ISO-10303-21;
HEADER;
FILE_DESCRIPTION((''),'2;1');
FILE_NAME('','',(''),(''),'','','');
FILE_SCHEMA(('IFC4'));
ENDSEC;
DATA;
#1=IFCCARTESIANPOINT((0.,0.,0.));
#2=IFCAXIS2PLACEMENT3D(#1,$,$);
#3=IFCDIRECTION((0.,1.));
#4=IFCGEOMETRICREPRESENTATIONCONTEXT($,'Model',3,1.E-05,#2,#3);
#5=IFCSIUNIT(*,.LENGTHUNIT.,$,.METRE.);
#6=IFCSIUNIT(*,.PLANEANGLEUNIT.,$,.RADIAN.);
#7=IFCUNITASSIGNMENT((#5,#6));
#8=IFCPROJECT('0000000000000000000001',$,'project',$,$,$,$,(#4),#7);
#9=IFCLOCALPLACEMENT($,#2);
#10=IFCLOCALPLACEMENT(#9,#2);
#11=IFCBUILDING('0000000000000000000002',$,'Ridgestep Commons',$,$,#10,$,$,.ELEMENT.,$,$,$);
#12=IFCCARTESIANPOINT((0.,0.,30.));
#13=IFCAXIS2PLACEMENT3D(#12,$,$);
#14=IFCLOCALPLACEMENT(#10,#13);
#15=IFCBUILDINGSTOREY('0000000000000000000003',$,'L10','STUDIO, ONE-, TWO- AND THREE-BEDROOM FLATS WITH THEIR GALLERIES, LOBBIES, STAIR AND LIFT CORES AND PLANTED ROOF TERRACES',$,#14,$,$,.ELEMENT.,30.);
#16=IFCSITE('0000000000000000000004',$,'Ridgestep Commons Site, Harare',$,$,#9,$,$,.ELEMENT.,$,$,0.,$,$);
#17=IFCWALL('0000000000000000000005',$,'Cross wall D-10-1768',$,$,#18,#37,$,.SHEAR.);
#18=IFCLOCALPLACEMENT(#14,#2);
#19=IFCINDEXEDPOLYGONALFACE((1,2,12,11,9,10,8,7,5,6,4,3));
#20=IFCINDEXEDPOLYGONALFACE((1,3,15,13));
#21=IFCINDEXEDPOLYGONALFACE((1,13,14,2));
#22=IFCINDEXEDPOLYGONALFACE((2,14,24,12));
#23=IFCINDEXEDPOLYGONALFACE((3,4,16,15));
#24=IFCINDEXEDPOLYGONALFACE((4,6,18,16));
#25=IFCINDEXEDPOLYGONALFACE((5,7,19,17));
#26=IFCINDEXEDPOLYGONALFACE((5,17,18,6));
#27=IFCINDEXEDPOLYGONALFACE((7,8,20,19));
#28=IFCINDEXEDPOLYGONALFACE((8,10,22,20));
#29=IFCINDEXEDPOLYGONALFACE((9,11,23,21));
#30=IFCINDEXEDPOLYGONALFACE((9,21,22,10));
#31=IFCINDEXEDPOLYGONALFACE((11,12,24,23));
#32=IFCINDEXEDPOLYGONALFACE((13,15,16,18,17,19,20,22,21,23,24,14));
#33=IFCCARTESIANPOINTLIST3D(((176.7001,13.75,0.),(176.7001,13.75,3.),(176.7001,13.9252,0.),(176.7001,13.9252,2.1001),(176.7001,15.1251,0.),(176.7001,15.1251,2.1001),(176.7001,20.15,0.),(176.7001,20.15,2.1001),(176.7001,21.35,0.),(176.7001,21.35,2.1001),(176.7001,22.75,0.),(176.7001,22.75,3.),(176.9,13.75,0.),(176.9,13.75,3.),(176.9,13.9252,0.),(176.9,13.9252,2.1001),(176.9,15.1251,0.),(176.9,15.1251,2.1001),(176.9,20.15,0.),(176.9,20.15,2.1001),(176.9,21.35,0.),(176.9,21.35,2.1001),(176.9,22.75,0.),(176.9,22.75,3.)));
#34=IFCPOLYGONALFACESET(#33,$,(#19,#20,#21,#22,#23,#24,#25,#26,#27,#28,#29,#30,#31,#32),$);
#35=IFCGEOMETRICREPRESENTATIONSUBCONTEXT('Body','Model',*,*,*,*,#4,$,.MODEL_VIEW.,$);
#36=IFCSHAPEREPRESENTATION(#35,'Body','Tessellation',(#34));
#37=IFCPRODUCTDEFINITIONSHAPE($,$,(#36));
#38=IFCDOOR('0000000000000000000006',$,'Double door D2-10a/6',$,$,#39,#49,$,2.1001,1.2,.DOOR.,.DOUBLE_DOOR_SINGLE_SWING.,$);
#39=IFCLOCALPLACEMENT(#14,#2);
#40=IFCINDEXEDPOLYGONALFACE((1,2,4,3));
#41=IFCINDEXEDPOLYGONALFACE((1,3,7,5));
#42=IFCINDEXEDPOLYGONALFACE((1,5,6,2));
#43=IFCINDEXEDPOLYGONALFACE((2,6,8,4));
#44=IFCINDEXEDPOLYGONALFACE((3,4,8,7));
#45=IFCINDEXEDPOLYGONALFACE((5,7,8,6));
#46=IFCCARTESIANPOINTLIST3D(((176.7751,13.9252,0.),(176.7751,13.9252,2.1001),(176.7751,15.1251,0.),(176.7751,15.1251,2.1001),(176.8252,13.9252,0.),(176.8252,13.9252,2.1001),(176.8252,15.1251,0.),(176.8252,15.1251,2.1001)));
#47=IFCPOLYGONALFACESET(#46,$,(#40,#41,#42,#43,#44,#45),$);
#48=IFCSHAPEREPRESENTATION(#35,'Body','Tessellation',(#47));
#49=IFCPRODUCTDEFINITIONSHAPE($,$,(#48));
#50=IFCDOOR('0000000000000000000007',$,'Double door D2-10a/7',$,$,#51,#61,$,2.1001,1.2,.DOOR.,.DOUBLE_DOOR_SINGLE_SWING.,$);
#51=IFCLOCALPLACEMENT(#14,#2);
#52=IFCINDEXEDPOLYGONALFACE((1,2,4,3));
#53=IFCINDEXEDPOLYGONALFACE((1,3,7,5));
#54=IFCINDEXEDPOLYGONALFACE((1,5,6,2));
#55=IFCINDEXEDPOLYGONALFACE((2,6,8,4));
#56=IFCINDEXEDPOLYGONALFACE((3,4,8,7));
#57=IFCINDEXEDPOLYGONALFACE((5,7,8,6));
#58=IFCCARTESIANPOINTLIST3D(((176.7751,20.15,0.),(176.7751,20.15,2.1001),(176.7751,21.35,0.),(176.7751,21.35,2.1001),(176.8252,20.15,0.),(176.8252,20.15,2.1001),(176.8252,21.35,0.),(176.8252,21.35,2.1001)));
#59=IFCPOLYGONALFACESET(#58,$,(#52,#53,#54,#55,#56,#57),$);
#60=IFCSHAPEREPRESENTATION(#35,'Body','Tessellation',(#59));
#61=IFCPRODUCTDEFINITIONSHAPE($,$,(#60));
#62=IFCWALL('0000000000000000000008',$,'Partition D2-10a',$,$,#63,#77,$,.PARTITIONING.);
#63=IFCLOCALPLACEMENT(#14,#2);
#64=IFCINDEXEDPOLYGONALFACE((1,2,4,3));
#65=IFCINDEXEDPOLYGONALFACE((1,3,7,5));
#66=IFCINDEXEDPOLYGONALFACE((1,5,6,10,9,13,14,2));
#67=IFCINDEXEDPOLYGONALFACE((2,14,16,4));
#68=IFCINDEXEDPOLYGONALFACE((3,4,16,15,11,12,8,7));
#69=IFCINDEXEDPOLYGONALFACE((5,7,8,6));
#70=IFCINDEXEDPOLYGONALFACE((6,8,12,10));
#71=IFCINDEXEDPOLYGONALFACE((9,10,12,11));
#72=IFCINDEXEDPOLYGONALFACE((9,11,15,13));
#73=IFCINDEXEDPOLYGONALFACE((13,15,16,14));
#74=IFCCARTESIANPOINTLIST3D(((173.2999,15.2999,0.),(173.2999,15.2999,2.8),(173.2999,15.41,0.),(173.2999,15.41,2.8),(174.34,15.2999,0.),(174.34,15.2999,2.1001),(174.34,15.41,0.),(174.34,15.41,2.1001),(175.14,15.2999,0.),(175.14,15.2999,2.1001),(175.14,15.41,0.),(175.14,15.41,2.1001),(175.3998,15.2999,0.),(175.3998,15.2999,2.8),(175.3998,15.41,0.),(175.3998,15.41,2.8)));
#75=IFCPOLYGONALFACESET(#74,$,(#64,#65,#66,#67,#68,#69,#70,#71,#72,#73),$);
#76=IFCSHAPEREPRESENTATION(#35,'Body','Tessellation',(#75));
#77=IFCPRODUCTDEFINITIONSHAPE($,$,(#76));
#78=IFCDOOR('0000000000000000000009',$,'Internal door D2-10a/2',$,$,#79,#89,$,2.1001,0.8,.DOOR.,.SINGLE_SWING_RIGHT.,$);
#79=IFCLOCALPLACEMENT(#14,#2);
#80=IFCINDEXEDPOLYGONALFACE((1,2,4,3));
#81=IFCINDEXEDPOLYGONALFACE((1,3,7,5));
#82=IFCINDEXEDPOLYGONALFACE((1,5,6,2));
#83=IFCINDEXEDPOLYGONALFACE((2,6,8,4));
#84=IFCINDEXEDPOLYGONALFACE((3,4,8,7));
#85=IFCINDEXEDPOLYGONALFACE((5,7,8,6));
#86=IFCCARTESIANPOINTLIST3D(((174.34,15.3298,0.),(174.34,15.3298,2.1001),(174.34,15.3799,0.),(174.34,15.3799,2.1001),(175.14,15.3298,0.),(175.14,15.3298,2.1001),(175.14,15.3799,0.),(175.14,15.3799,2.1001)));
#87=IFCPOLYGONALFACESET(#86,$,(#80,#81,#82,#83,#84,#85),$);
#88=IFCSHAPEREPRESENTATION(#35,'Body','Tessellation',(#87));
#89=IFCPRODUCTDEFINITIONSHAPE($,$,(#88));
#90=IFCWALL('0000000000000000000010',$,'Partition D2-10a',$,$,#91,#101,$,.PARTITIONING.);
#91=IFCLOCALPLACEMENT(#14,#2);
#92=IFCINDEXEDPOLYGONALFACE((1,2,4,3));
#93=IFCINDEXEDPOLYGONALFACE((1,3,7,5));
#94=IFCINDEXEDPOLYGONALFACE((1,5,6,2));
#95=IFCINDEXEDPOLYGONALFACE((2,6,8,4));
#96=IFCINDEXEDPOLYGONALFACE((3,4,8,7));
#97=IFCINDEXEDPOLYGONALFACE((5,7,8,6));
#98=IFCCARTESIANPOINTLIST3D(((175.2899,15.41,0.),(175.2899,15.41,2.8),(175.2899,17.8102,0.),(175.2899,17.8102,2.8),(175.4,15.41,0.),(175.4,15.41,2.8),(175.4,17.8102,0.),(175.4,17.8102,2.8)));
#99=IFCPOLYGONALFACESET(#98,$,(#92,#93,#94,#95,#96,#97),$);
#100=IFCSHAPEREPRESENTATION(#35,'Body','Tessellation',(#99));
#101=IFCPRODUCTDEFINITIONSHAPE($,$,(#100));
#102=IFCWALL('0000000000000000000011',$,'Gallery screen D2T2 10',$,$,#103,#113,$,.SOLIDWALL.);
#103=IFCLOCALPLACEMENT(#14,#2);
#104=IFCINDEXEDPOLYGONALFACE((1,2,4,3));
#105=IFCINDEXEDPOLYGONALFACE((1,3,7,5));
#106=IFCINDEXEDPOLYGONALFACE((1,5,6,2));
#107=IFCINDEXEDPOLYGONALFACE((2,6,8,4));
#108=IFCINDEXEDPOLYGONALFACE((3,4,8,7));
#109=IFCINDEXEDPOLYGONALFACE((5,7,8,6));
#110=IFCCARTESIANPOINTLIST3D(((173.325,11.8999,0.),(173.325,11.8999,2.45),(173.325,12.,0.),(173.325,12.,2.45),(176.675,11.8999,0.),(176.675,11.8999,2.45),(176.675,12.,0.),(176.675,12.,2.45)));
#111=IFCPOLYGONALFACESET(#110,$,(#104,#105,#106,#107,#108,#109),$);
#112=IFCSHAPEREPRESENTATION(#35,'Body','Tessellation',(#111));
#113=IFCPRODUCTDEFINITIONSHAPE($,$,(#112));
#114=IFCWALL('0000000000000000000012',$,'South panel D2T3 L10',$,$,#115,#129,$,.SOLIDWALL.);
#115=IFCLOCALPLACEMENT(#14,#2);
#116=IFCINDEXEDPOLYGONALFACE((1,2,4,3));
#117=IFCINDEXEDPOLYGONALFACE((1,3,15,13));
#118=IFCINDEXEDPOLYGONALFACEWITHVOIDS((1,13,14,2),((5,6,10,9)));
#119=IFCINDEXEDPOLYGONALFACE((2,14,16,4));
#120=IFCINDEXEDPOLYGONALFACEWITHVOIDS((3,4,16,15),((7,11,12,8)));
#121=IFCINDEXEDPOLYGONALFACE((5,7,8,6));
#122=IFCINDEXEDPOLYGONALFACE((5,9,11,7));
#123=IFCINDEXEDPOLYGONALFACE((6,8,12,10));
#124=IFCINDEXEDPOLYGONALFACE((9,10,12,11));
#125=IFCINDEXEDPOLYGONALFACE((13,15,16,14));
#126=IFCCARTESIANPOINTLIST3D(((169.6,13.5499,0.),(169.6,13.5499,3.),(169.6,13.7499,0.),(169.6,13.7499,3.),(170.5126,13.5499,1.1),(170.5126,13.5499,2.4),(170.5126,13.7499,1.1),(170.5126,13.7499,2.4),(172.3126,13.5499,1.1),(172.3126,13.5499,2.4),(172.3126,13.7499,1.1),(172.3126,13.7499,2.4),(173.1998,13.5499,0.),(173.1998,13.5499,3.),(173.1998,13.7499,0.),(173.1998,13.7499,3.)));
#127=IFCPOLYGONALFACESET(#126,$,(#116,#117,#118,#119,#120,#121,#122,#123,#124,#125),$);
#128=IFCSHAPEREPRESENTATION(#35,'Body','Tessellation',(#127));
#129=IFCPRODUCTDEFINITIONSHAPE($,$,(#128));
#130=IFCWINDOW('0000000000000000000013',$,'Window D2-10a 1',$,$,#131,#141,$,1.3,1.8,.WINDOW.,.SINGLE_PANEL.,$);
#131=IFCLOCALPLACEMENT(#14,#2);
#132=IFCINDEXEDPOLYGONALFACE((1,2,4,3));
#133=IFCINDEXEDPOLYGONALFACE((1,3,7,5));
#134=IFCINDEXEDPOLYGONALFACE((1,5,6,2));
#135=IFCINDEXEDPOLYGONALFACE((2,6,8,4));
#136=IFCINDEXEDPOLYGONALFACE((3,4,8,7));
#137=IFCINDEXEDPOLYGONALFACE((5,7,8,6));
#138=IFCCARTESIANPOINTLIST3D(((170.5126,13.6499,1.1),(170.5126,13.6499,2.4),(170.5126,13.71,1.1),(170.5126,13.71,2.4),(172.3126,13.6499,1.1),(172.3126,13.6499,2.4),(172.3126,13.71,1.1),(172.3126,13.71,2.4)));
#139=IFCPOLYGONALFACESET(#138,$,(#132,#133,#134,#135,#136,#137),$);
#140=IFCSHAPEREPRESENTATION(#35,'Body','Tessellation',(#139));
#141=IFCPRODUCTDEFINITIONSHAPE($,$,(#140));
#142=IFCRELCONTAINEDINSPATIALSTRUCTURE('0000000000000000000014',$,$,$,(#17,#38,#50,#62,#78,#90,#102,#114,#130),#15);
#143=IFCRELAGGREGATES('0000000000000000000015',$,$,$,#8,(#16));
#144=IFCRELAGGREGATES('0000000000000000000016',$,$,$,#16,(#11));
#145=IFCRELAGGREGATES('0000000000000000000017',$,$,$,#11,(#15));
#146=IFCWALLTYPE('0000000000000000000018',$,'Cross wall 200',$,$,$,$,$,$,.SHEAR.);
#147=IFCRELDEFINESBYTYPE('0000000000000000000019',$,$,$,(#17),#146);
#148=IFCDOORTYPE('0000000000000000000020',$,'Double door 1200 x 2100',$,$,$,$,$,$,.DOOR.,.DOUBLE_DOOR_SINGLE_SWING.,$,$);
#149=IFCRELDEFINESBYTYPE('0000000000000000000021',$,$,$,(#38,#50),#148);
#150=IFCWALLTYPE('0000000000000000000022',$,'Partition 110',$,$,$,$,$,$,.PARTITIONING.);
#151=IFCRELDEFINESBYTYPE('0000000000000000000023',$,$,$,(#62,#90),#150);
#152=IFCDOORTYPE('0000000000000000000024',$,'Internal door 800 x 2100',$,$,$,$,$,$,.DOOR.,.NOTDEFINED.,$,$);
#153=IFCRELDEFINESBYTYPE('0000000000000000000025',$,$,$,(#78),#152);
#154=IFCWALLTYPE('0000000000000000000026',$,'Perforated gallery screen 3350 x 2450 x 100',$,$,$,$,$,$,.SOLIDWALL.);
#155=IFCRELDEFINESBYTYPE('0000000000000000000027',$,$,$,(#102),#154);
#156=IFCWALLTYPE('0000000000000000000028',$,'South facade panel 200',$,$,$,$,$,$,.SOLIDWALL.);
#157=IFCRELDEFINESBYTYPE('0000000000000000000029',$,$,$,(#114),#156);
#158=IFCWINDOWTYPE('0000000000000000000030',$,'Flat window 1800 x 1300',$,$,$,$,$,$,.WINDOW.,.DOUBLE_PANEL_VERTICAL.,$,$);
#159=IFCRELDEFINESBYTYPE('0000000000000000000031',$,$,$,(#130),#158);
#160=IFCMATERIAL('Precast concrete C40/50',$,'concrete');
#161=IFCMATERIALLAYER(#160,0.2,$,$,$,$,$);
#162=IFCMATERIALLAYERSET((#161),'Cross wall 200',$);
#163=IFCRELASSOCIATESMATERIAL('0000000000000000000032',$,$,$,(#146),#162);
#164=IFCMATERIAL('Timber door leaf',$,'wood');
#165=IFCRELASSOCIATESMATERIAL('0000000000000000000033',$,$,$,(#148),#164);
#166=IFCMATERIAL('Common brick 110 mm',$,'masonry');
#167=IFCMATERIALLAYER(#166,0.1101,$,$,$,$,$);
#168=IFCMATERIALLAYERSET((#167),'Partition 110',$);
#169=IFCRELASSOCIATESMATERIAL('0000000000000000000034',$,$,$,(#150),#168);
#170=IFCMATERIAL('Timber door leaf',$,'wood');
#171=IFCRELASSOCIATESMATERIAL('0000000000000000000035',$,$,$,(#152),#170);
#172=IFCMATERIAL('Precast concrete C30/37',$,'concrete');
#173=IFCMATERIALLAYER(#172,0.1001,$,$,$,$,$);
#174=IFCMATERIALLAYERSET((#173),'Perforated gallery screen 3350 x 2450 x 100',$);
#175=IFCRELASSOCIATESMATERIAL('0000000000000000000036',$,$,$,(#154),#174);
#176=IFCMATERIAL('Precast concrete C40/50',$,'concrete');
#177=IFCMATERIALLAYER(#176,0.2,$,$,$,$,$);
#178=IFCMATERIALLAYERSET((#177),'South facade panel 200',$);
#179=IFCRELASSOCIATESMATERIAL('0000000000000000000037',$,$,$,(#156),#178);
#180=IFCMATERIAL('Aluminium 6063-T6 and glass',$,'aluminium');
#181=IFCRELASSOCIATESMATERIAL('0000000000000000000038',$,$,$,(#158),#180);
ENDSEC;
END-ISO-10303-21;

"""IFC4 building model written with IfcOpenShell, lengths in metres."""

from ifc_helpers import new_model, si_unit, direction, frame, frame_2d, origin, place, context, subcontext, project, spatial, rectangle, extrude, material, layer, layer_set, type_object, element, fill, save


model = new_model("IFC4")

# Units and contexts
model_context = context("Model", 3, precision=1e-05, world=origin(), true_north=direction((0.0, 1.0)))
body_context = subcontext(model_context, "Body", "Model", "MODEL_VIEW")
ifc_project = project(units=[si_unit("LENGTHUNIT", "METRE"), si_unit("PLANEANGLEUNIT", "RADIAN")], contexts=[model_context])

# Site, building, storey
site_placement = place(None, origin())
site = spatial("IfcSite", under=ifc_project, at=site_placement, Name="Ridgestep Commons Site, Harare", CompositionType="ELEMENT", RefElevation=0.0)
building_placement = place(site_placement, origin())
building = spatial("IfcBuilding", under=site, at=building_placement, Name="Ridgestep Commons", CompositionType="ELEMENT")
storey_placement = place(building_placement, frame((0.0, 0.0, 30.0)))
storey = spatial("IfcBuildingStorey", under=building, at=storey_placement, Name="L10", Description="STUDIO, ONE-, TWO- AND THREE-BEDROOM FLATS WITH THEIR GALLERIES, LOBBIES, STAIR AND LIFT CORES AND PLANTED ROOF TERRACES", CompositionType="ELEMENT", Elevation=30.0)

# Wall, openings, doors
ifc_material_1 = material(Name="Precast concrete C40/50", Category="concrete")
ifc_layer_1 = layer(ifc_material_1, 0.2)
ifc_layer_set_1 = layer_set([ifc_layer_1], Name="Cross wall 200")
wall_type_1 = type_object("IfcWallType", Name="Cross wall 200", PredefinedType="SHEAR", material=ifc_layer_set_1)
ifc_material_2 = material(Name="Timber door leaf", Category="wood")
door_type_1 = type_object("IfcDoorType", Name="Double door 1200 x 2100", OperationType="DOUBLE_DOOR_SINGLE_SWING", PredefinedType="DOOR", material=ifc_material_2)
wall_1_placement = place(storey_placement, frame((176.8, 13.75, 0.0), z_axis=(0.0, 0.0, 1.0), x_axis=(0.0, 1.0, 0.0)))
wall_1 = element("IfcWall", 1, at=wall_1_placement, inside=storey, type_object=wall_type_1, Name="Cross wall D-10-1768", PredefinedType="SHEAR", context=body_context, shape_type="SweptSolid", body=[
    extrude(rectangle(XDim=9.0, YDim=0.2, at=frame_2d((4.5, 0.0))), origin(), (0.0, 0.0, 1.0), 3.0),
])
opening_1_placement = place(wall_1_placement, frame((0.175, 0.0, 0.0)))
opening_1 = element("IfcOpeningElement", 2, at=opening_1_placement, cuts=wall_1, PredefinedType="OPENING", context=body_context, shape_type="SweptSolid", body=[
    extrude(rectangle(XDim=1.2, YDim=2.1001, at=frame_2d((0.6001, 1.05))), frame((0.0, 0.1099, 0.0), z_axis=(0.0, -1.0, 0.0), x_axis=(1.0, 0.0, 0.0)), (0.0, 0.0, 1.0), 0.22),
])
opening_2_placement = place(wall_1_placement, frame((6.3999, 0.0, 0.0)))
opening_2 = element("IfcOpeningElement", 3, at=opening_2_placement, cuts=wall_1, PredefinedType="OPENING", context=body_context, shape_type="SweptSolid", body=[
    extrude(rectangle(XDim=1.2, YDim=2.1001, at=frame_2d((0.6001, 1.05))), frame((0.0, 0.1099, 0.0), z_axis=(0.0, -1.0, 0.0), x_axis=(1.0, 0.0, 0.0)), (0.0, 0.0, 1.0), 0.22),
])
door_1_placement = place(opening_1_placement, origin())
door_1 = element("IfcDoor", 4, at=door_1_placement, inside=storey, type_object=door_type_1, Name="Double door D2-10a/6", OperationType="DOUBLE_DOOR_SINGLE_SWING", OverallHeight=2.1001, OverallWidth=1.2, PredefinedType="DOOR", context=body_context, shape_type="SweptSolid", body=[
    extrude(rectangle(XDim=1.2, YDim=2.1001, at=frame_2d((0.6001, 1.05))), frame((0.0, 0.0249, 0.0), z_axis=(0.0, -1.0, 0.0), x_axis=(1.0, 0.0, 0.0)), (0.0, 0.0, 1.0), 0.05),
])
fill(opening_1, door_1)
door_2_placement = place(opening_2_placement, origin())
door_2 = element("IfcDoor", 5, at=door_2_placement, inside=storey, type_object=door_type_1, Name="Double door D2-10a/7", OperationType="DOUBLE_DOOR_SINGLE_SWING", OverallHeight=2.1001, OverallWidth=1.2, PredefinedType="DOOR", context=body_context, shape_type="SweptSolid", body=[
    extrude(rectangle(XDim=1.2, YDim=2.1001, at=frame_2d((0.6001, 1.05))), frame((0.0, 0.0249, 0.0), z_axis=(0.0, -1.0, 0.0), x_axis=(1.0, 0.0, 0.0)), (0.0, 0.0, 1.0), 0.05),
])
fill(opening_2, door_2)

# Wall, opening, door
ifc_material_3 = material(Name="Common brick 110 mm", Category="masonry")
ifc_layer_2 = layer(ifc_material_3, 0.1101)
ifc_layer_set_2 = layer_set([ifc_layer_2], Name="Partition 110")
wall_type_2 = type_object("IfcWallType", Name="Partition 110", PredefinedType="PARTITIONING", material=ifc_layer_set_2)
wall_2_placement = place(storey_placement, frame((173.3, 15.355, 0.0), z_axis=(0.0, 0.0, 1.0), x_axis=(1.0, 0.0, 0.0)))
wall_2 = element("IfcWall", 6, at=wall_2_placement, inside=storey, type_object=wall_type_2, Name="Partition D2-10a", PredefinedType="PARTITIONING", context=body_context, shape_type="SweptSolid", body=[
    extrude(rectangle(XDim=2.0999, YDim=0.1101, at=frame_2d((1.0498, 0.0))), origin(), (0.0, 0.0, 1.0), 2.8),
])
opening_3_placement = place(wall_2_placement, frame((1.04, 0.0, 0.0)))
opening_3 = element("IfcOpeningElement", 7, at=opening_3_placement, cuts=wall_2, PredefinedType="OPENING", context=body_context, shape_type="SweptSolid", body=[
    extrude(rectangle(XDim=0.8, YDim=2.1001, at=frame_2d((0.3999, 1.05))), frame((0.0, 0.0649, 0.0), z_axis=(0.0, -1.0, 0.0), x_axis=(1.0, 0.0, 0.0)), (0.0, 0.0, 1.0), 0.1301),
])
ifc_material_4 = material(Name="Timber door leaf", Category="wood")
door_type_2 = type_object("IfcDoorType", Name="Internal door 800 x 2100", OperationType="NOTDEFINED", PredefinedType="DOOR", material=ifc_material_4)
door_3_placement = place(opening_3_placement, origin())
door_3 = element("IfcDoor", 8, at=door_3_placement, inside=storey, type_object=door_type_2, Name="Internal door D2-10a/2", OperationType="SINGLE_SWING_RIGHT", OverallHeight=2.1001, OverallWidth=0.8, PredefinedType="DOOR", context=body_context, shape_type="SweptSolid", body=[
    extrude(rectangle(XDim=0.8, YDim=2.1001, at=frame_2d((0.3999, 1.05))), frame((0.0, 0.0249, 0.0), z_axis=(0.0, -1.0, 0.0), x_axis=(1.0, 0.0, 0.0)), (0.0, 0.0, 1.0), 0.05),
])
fill(opening_3, door_3)

# Walls
wall_3_placement = place(storey_placement, frame((175.345, 15.4099, 0.0), z_axis=(0.0, 0.0, 1.0), x_axis=(0.0, 1.0, 0.0)))
element("IfcWall", 9, at=wall_3_placement, inside=storey, type_object=wall_type_2, Name="Partition D2-10a", PredefinedType="PARTITIONING", context=body_context, shape_type="SweptSolid", body=[
    extrude(rectangle(XDim=2.4001, YDim=0.1101, at=frame_2d((1.2002, 0.0))), origin(), (0.0, 0.0, 1.0), 2.8),
])
ifc_material_5 = material(Name="Precast concrete C30/37", Category="concrete")
ifc_layer_3 = layer(ifc_material_5, 0.1001)
ifc_layer_set_3 = layer_set([ifc_layer_3], Name="Perforated gallery screen 3350 x 2450 x 100")
wall_type_3 = type_object("IfcWallType", Name="Perforated gallery screen 3350 x 2450 x 100", PredefinedType="SOLIDWALL", material=ifc_layer_set_3)
wall_4_placement = place(storey_placement, frame((173.325, 11.95, 0.0), z_axis=(0.0, 0.0, 1.0), x_axis=(1.0, 0.0, 0.0)))
element("IfcWall", 10, at=wall_4_placement, inside=storey, type_object=wall_type_3, Name="Gallery screen D2T2 10", PredefinedType="SOLIDWALL", context=body_context, shape_type="SweptSolid", body=[
    extrude(rectangle(XDim=3.3501, YDim=0.1001, at=frame_2d((1.675, 0.0))), origin(), (0.0, 0.0, 1.0), 2.45),
])

# Wall, opening, window
ifc_material_6 = material(Name="Precast concrete C40/50", Category="concrete")
ifc_layer_4 = layer(ifc_material_6, 0.2)
ifc_layer_set_4 = layer_set([ifc_layer_4], Name="South facade panel 200")
wall_type_4 = type_object("IfcWallType", Name="South facade panel 200", PredefinedType="SOLIDWALL", material=ifc_layer_set_4)
wall_5_placement = place(storey_placement, frame((169.6001, 13.6499, 0.0), z_axis=(0.0, 0.0, 1.0), x_axis=(1.0, 0.0, 0.0)))
wall_5 = element("IfcWall", 11, at=wall_5_placement, inside=storey, type_object=wall_type_4, Name="South panel D2T3 L10", PredefinedType="SOLIDWALL", context=body_context, shape_type="SweptSolid", body=[
    extrude(rectangle(XDim=3.5999, YDim=0.2, at=frame_2d((1.7998, 0.0))), origin(), (0.0, 0.0, 1.0), 3.0),
])
opening_4_placement = place(wall_5_placement, frame((0.9126, 0.0, 1.1001)))
opening_4 = element("IfcOpeningElement", 12, at=opening_4_placement, cuts=wall_5, PredefinedType="OPENING", context=body_context, shape_type="SweptSolid", body=[
    extrude(rectangle(XDim=1.8, YDim=1.3, at=frame_2d((0.8999, 0.6499))), frame((0.0, 0.1099, 0.0), z_axis=(0.0, -1.0, 0.0), x_axis=(1.0, 0.0, 0.0)), (0.0, 0.0, 1.0), 0.22),
])
ifc_material_7 = material(Name="Aluminium 6063-T6 and glass", Category="aluminium")
window_type = type_object("IfcWindowType", Name="Flat window 1800 x 1300", PartitioningType="DOUBLE_PANEL_VERTICAL", PredefinedType="WINDOW", material=ifc_material_7)
window_1_placement = place(opening_4_placement, origin())
window_1 = element("IfcWindow", 13, at=window_1_placement, inside=storey, type_object=window_type, Name="Window D2-10a 1", OverallHeight=1.3, OverallWidth=1.8, PartitioningType="SINGLE_PANEL", PredefinedType="WINDOW", context=body_context, shape_type="SweptSolid", body=[
    extrude(rectangle(XDim=1.8, YDim=1.3, at=frame_2d((0.8999, 0.6499))), frame((0.0, 0.0601, 0.0), z_axis=(0.0, -1.0, 0.0), x_axis=(1.0, 0.0, 0.0)), (0.0, 0.0, 1.0), 0.0601),
])
fill(opening_4, window_1)

save(model, "model.ifc")
